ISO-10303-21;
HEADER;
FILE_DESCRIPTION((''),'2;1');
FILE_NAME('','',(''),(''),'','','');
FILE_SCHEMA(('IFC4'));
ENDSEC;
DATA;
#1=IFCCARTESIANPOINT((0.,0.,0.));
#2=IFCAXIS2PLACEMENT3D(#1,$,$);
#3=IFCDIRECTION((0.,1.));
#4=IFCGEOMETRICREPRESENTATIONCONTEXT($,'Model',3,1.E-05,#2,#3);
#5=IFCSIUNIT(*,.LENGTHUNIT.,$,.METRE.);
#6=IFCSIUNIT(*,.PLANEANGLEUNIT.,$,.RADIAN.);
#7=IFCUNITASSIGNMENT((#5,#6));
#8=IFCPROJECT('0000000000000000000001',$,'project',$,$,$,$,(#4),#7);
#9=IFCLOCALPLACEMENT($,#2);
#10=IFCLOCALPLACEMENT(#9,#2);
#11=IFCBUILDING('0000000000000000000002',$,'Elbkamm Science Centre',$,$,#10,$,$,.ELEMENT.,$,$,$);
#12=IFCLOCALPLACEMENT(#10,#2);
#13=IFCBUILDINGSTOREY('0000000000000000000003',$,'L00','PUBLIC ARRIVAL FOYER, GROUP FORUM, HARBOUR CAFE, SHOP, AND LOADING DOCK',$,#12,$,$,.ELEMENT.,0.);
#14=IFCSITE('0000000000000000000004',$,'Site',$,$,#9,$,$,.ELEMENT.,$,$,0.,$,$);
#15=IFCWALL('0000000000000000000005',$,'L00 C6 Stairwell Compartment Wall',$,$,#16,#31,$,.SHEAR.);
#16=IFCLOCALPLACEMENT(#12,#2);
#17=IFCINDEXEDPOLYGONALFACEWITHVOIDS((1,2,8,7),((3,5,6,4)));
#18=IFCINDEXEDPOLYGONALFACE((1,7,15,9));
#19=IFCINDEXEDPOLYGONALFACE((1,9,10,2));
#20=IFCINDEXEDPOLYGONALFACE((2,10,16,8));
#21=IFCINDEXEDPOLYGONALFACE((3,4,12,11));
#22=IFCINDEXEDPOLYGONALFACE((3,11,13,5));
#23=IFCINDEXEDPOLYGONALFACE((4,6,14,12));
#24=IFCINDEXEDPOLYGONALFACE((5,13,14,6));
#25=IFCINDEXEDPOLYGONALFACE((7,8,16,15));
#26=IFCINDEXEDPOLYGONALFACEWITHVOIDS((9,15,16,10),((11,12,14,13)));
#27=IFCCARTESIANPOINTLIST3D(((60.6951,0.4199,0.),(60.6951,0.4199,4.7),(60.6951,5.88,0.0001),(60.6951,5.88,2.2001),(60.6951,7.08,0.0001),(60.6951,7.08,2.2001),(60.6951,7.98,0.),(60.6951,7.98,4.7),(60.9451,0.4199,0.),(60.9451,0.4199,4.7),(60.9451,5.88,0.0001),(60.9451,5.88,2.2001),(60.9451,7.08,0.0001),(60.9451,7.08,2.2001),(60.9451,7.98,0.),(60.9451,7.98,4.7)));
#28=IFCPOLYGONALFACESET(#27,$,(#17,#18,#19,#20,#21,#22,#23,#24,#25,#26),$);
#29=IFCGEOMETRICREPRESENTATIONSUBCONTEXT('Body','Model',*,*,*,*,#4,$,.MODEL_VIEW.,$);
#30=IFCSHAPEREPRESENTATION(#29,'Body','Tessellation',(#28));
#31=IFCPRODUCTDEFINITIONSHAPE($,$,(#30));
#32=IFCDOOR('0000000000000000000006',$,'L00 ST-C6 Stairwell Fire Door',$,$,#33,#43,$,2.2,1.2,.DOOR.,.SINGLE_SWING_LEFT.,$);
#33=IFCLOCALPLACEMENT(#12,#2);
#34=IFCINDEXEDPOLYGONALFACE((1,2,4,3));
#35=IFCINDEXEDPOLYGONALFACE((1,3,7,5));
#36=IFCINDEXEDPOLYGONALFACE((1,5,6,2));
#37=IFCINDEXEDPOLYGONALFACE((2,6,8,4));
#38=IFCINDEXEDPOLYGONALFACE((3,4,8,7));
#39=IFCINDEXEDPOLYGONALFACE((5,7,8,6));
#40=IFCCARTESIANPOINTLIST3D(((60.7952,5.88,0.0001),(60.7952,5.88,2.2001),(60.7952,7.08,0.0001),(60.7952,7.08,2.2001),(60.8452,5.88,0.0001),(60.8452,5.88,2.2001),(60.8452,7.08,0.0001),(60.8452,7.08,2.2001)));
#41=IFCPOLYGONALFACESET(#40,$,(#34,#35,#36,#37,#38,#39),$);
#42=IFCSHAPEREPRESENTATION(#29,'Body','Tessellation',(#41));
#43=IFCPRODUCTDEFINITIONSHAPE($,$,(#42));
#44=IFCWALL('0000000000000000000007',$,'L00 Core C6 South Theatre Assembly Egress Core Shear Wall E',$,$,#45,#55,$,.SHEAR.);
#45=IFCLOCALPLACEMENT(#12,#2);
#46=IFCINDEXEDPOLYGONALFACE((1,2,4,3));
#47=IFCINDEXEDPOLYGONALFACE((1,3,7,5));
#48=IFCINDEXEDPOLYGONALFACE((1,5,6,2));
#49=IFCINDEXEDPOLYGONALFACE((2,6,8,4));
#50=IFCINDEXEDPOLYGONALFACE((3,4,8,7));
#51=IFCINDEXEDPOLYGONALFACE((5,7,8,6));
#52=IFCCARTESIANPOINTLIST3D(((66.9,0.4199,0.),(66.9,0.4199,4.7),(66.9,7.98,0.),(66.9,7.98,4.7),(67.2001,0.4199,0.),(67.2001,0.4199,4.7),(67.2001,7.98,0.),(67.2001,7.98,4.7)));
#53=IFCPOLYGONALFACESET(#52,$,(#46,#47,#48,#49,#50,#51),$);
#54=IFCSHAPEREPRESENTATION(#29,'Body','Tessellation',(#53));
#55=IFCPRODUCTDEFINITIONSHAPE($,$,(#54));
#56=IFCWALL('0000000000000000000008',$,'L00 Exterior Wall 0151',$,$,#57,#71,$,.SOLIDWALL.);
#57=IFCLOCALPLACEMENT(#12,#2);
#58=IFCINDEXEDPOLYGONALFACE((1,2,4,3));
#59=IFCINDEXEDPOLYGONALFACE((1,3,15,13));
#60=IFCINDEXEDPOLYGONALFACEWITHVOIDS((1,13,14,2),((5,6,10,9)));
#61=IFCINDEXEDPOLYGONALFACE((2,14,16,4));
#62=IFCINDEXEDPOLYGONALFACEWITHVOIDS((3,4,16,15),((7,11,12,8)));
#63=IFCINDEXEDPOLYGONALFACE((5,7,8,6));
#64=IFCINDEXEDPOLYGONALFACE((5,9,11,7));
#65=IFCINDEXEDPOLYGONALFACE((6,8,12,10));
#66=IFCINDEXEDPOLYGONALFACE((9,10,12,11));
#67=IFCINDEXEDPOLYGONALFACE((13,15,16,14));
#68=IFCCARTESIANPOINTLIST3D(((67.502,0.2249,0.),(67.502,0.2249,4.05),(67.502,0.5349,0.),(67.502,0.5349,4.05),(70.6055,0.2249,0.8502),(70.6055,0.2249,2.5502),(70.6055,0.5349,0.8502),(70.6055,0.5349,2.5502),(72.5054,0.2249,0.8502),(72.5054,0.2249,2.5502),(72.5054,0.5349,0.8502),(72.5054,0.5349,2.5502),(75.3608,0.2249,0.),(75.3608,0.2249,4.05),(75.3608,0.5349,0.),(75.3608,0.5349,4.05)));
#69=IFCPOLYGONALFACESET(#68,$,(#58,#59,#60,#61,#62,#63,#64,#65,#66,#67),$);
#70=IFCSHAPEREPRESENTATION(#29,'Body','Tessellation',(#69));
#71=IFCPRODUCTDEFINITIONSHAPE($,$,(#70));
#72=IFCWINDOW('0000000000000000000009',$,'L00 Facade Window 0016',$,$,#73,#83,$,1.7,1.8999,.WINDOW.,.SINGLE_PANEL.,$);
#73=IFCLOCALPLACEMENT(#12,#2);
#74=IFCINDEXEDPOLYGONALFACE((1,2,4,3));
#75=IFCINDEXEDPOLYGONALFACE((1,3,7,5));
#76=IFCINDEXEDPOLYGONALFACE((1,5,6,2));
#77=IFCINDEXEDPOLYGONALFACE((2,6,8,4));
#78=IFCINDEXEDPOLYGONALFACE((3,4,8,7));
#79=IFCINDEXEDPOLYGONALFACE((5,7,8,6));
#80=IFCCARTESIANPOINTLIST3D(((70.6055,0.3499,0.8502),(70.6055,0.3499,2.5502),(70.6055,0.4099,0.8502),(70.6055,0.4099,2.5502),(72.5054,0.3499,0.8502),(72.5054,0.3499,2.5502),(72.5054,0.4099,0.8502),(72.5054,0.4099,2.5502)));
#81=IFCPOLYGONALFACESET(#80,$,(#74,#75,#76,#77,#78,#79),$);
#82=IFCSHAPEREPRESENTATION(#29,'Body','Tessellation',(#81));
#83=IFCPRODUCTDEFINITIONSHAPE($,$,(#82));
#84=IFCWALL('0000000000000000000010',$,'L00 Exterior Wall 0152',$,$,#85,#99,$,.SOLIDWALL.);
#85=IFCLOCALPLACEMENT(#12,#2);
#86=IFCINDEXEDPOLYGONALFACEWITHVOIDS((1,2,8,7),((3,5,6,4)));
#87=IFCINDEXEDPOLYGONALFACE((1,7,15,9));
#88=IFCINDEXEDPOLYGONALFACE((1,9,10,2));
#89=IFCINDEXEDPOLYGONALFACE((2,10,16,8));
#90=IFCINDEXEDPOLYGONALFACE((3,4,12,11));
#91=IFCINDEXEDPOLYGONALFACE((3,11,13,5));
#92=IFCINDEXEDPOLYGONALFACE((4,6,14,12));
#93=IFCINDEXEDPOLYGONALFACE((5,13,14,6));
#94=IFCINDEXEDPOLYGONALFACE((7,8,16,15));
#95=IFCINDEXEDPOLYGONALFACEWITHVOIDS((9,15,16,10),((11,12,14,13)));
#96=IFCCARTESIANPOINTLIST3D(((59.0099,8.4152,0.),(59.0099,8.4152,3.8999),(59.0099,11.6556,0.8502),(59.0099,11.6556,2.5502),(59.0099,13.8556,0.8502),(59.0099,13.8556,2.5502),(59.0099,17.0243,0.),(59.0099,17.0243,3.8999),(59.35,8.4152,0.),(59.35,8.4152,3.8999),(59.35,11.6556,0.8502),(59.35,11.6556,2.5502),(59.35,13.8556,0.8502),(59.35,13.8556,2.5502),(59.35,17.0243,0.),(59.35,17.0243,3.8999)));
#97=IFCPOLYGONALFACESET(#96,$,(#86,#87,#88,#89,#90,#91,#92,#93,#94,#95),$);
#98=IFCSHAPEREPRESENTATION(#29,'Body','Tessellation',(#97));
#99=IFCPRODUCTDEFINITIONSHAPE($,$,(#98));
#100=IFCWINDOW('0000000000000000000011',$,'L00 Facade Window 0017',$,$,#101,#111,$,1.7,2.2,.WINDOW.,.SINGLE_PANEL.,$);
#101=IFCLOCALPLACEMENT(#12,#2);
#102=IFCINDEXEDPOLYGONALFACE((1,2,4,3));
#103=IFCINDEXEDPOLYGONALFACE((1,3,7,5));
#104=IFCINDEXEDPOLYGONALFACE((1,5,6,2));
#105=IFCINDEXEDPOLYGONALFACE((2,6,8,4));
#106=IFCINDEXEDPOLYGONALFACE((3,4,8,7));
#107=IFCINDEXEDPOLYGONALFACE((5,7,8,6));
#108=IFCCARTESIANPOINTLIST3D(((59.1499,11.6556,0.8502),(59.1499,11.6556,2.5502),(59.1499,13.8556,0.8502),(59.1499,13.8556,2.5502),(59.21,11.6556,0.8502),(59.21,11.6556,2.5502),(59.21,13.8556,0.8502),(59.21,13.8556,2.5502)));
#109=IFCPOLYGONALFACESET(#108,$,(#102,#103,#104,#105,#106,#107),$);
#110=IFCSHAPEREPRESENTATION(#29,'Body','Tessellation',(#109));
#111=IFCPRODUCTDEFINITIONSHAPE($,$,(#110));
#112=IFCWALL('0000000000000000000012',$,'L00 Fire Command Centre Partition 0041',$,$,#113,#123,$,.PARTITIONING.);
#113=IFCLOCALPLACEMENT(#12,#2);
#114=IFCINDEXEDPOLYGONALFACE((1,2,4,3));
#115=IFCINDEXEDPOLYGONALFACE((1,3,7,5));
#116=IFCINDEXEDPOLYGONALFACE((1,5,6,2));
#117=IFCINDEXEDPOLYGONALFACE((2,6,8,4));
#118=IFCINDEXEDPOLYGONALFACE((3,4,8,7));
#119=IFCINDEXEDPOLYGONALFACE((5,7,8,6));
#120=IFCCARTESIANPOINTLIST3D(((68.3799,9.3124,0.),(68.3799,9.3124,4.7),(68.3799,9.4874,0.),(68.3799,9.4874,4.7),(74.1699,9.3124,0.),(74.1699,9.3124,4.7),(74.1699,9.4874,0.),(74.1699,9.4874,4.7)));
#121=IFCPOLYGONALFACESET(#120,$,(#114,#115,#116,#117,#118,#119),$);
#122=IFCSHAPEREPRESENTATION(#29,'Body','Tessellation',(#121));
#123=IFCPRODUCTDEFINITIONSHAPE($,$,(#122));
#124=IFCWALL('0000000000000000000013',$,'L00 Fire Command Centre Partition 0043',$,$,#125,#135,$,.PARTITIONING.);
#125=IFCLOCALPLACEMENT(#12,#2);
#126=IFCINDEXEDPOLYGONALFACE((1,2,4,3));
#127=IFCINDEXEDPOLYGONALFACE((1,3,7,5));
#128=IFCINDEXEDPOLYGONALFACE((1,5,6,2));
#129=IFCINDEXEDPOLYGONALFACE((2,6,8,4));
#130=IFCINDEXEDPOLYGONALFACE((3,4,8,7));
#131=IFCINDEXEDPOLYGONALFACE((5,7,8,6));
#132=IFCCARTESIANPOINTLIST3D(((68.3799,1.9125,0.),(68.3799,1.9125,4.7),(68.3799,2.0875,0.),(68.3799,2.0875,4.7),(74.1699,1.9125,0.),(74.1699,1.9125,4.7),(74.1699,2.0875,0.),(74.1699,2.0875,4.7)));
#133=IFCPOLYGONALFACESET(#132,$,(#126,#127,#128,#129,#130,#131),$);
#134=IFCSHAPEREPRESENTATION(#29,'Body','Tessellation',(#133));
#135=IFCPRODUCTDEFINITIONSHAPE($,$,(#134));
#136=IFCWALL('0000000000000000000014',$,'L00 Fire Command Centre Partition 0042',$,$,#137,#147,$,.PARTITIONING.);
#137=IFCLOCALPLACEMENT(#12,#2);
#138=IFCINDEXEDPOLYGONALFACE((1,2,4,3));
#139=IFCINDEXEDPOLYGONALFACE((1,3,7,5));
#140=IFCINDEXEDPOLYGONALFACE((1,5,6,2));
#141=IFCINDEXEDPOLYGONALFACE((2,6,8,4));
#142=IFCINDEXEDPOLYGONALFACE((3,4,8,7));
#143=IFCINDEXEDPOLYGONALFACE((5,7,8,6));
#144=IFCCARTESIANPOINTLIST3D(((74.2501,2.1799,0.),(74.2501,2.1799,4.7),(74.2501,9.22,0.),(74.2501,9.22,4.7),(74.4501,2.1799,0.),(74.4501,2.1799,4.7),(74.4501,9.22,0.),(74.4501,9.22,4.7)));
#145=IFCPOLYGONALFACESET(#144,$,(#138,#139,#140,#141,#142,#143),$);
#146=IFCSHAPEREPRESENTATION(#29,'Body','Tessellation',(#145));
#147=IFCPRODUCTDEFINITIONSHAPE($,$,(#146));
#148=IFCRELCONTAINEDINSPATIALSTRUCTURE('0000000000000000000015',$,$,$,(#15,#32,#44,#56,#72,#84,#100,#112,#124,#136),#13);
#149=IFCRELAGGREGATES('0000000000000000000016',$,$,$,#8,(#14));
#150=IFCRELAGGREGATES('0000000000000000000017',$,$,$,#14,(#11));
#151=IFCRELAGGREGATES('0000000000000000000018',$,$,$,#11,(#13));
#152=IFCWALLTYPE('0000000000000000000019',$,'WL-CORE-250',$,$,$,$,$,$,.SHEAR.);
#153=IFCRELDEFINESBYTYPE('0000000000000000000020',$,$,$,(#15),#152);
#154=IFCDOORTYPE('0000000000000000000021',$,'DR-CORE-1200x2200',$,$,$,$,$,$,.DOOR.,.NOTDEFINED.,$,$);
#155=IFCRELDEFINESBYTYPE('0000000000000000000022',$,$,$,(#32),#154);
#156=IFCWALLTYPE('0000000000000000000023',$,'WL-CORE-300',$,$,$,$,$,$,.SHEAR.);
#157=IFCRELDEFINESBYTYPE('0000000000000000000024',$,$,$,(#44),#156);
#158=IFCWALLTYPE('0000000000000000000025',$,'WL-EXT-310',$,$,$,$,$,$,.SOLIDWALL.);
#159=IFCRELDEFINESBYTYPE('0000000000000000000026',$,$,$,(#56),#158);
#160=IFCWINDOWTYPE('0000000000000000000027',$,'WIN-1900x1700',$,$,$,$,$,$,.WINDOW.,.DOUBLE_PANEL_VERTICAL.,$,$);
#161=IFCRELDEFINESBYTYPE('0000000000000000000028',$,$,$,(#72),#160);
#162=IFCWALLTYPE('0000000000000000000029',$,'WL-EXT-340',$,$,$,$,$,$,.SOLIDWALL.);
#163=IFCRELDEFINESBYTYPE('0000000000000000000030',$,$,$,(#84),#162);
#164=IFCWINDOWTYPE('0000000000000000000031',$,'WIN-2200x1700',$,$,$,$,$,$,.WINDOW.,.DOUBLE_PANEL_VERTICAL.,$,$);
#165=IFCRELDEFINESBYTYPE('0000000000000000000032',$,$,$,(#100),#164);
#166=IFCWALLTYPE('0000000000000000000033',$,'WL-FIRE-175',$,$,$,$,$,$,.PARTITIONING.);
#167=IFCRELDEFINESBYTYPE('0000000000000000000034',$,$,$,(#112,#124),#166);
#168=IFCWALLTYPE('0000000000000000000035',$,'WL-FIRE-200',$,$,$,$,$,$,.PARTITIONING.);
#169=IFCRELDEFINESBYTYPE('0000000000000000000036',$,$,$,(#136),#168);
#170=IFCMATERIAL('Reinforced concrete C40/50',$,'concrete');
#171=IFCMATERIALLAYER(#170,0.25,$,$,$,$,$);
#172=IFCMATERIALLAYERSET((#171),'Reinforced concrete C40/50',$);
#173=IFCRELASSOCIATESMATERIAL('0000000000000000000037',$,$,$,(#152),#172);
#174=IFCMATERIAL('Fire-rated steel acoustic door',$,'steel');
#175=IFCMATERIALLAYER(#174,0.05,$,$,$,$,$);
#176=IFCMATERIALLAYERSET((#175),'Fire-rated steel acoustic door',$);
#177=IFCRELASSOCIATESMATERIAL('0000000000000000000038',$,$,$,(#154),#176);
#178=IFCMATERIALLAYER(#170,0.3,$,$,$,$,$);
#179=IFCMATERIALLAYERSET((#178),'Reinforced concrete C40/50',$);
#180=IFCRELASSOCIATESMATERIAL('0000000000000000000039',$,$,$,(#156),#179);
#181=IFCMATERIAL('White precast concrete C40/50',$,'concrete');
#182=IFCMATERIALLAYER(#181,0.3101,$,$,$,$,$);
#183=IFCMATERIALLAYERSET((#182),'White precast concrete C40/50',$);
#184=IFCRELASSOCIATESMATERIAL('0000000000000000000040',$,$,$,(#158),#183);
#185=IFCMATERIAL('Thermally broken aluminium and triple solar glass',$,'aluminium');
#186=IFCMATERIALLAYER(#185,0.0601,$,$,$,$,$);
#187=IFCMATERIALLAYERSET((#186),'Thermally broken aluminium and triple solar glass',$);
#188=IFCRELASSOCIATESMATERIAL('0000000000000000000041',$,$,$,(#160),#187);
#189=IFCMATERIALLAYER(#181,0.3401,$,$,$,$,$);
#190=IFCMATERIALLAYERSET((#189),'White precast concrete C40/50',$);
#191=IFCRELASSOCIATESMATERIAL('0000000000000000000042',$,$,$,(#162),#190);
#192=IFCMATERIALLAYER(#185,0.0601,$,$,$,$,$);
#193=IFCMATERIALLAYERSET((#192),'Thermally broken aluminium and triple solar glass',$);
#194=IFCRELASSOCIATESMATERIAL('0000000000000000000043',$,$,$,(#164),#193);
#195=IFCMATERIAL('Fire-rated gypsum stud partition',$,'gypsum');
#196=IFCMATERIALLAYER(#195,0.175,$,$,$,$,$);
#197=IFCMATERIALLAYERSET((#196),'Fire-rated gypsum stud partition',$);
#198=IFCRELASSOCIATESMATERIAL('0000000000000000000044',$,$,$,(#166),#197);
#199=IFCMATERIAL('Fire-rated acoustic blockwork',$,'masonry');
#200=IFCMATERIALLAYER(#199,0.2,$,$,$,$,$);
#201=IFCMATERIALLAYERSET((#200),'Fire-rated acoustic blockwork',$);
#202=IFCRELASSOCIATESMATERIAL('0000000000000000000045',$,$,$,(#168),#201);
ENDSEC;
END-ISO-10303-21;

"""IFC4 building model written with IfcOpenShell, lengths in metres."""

from ifc_helpers import new_model, si_unit, direction, frame, frame_2d, origin, place, context, subcontext, project, spatial, rectangle, extrude, material, layer, layer_set, type_object, element, fill, save


model = new_model("IFC4")

# Units and contexts
model_context = context("Model", 3, precision=1e-05, world=origin(), true_north=direction((0.0, 1.0)))
body_context = subcontext(model_context, "Body", "Model", "MODEL_VIEW")
ifc_project = project(units=[si_unit("LENGTHUNIT", "METRE"), si_unit("PLANEANGLEUNIT", "RADIAN")], contexts=[model_context])

# Site, building, storey
site_placement = place(None, origin())
site = spatial("IfcSite", under=ifc_project, at=site_placement, Name="Site", CompositionType="ELEMENT", RefElevation=0.0)
building_placement = place(site_placement, origin())
building = spatial("IfcBuilding", under=site, at=building_placement, Name="Elbkamm Science Centre", CompositionType="ELEMENT")
storey_placement = place(building_placement, origin())
storey = spatial("IfcBuildingStorey", under=building, at=storey_placement, Name="L00", Description="PUBLIC ARRIVAL FOYER, GROUP FORUM, HARBOUR CAFE, SHOP, AND LOADING DOCK", CompositionType="ELEMENT", Elevation=0.0)

# Wall, opening, door
ifc_material_1 = material(Name="Reinforced concrete C40/50", Category="concrete")
ifc_layer_1 = layer(ifc_material_1, 0.25)
ifc_layer_set_1 = layer_set([ifc_layer_1], Name="Reinforced concrete C40/50")
wall_type_1 = type_object("IfcWallType", Name="WL-CORE-250", PredefinedType="SHEAR", material=ifc_layer_set_1)
wall_1_placement = place(storey_placement, frame((60.8201, 0.4199, 0.0), z_axis=(0.0, 0.0, 1.0), x_axis=(0.0, 1.0, 0.0)))
wall_1 = element("IfcWall", 1, at=wall_1_placement, inside=storey, type_object=wall_type_1, Name="L00 C6 Stairwell Compartment Wall", PredefinedType="SHEAR", context=body_context, shape_type="SweptSolid", body=[
    extrude(rectangle(XDim=7.5601, YDim=0.25, at=frame_2d((3.78, 0.0))), origin(), (0.0, 0.0, 1.0), 4.7),
])
opening_1_placement = place(wall_1_placement, frame((5.46, 0.0, 0.0)))
opening_1 = element("IfcOpeningElement", 2, at=opening_1_placement, cuts=wall_1, PredefinedType="OPENING", context=body_context, shape_type="SweptSolid", body=[
    extrude(rectangle(XDim=1.2, YDim=2.2, at=frame_2d((0.6001, 1.1001))), frame((0.0, 0.137, 0.0), z_axis=(0.0, -1.0, 0.0), x_axis=(1.0, 0.0, 0.0)), (0.0, 0.0, 1.0), 0.2739),
])
ifc_material_2 = material(Name="Fire-rated steel acoustic door", Category="steel")
ifc_layer_2 = layer(ifc_material_2, 0.05)
ifc_layer_set_2 = layer_set([ifc_layer_2], Name="Fire-rated steel acoustic door")
door_type_1 = type_object("IfcDoorType", Name="DR-CORE-1200x2200", OperationType="NOTDEFINED", PredefinedType="DOOR", material=ifc_layer_set_2)
door_1_placement = place(opening_1_placement, origin())
door_1 = element("IfcDoor", 3, at=door_1_placement, inside=storey, type_object=door_type_1, Name="L00 ST-C6 Stairwell Fire Door", OperationType="SINGLE_SWING_LEFT", OverallHeight=2.2, OverallWidth=1.2, PredefinedType="DOOR", context=body_context, shape_type="SweptSolid", body=[
    extrude(rectangle(XDim=1.2, YDim=2.2, at=frame_2d((0.6001, 1.1001))), frame((0.0, 0.0249, 0.0), z_axis=(0.0, -1.0, 0.0), x_axis=(1.0, 0.0, 0.0)), (0.0, 0.0, 1.0), 0.05),
])
fill(opening_1, door_1)

# Wall
ifc_layer_3 = layer(ifc_material_1, 0.3)
ifc_layer_set_3 = layer_set([ifc_layer_3], Name="Reinforced concrete C40/50")
wall_type_2 = type_object("IfcWallType", Name="WL-CORE-300", PredefinedType="SHEAR", material=ifc_layer_set_3)
wall_2_placement = place(storey_placement, frame((67.05, 0.4199, 0.0), z_axis=(0.0, 0.0, 1.0), x_axis=(0.0, 1.0, 0.0)))
element("IfcWall", 4, at=wall_2_placement, inside=storey, type_object=wall_type_2, Name="L00 Core C6 South Theatre Assembly Egress Core Shear Wall E", PredefinedType="SHEAR", context=body_context, shape_type="SweptSolid", body=[
    extrude(rectangle(XDim=7.5601, YDim=0.3, at=frame_2d((3.78, 0.0))), origin(), (0.0, 0.0, 1.0), 4.7),
])

# Walls, openings, windows
ifc_material_3 = material(Name="White precast concrete C40/50", Category="concrete")
ifc_layer_4 = layer(ifc_material_3, 0.3101)
ifc_layer_set_4 = layer_set([ifc_layer_4], Name="White precast concrete C40/50")
wall_type_3 = type_object("IfcWallType", Name="WL-EXT-310", PredefinedType="SOLIDWALL", material=ifc_layer_set_4)
wall_3_placement = place(storey_placement, frame((75.3608, 0.3799, 0.0), z_axis=(0.0, 0.0, 1.0), x_axis=(-1.0, 0.0, 0.0)))
wall_3 = element("IfcWall", 5, at=wall_3_placement, inside=storey, type_object=wall_type_3, Name="L00 Exterior Wall 0151", PredefinedType="SOLIDWALL", context=body_context, shape_type="SweptSolid", body=[
    extrude(rectangle(XDim=7.8589, YDim=0.3101, at=frame_2d((3.9294, 0.0))), origin(), (0.0, 0.0, 1.0), 4.05),
])
opening_2_placement = place(wall_3_placement, frame((2.8555, 0.0, 0.8501)))
opening_2 = element("IfcOpeningElement", 6, at=opening_2_placement, cuts=wall_3, PredefinedType="OPENING", context=body_context, shape_type="SweptSolid", body=[
    extrude(rectangle(XDim=1.8999, YDim=1.7, at=frame_2d((0.95, 0.8501))), frame((0.0, 0.167, 0.0), z_axis=(0.0, -1.0, 0.0), x_axis=(1.0, 0.0, 0.0)), (0.0, 0.0, 1.0), 0.334),
])
ifc_material_4 = material(Name="Thermally broken aluminium and triple solar glass", Category="aluminium")
ifc_layer_5 = layer(ifc_material_4, 0.0601)
ifc_layer_set_5 = layer_set([ifc_layer_5], Name="Thermally broken aluminium and triple solar glass")
window_type_1 = type_object("IfcWindowType", Name="WIN-1900x1700", PartitioningType="DOUBLE_PANEL_VERTICAL", PredefinedType="WINDOW", material=ifc_layer_set_5)
window_1_placement = place(opening_2_placement, origin())
window_1 = element("IfcWindow", 7, at=window_1_placement, inside=storey, type_object=window_type_1, Name="L00 Facade Window 0016", OverallHeight=1.7, OverallWidth=1.8999, PartitioningType="SINGLE_PANEL", PredefinedType="WINDOW", context=body_context, shape_type="SweptSolid", body=[
    extrude(rectangle(XDim=1.8999, YDim=1.7, at=frame_2d((0.95, 0.8501))), frame((0.0, 0.03, 0.0), z_axis=(0.0, -1.0, 0.0), x_axis=(1.0, 0.0, 0.0)), (0.0, 0.0, 1.0), 0.0601),
])
fill(opening_2, window_1)
ifc_layer_6 = layer(ifc_material_3, 0.3401)
ifc_layer_set_6 = layer_set([ifc_layer_6], Name="White precast concrete C40/50")
wall_type_4 = type_object("IfcWallType", Name="WL-EXT-340", PredefinedType="SOLIDWALL", material=ifc_layer_set_6)
wall_4_placement = place(storey_placement, frame((59.1799, 8.415, 0.0), z_axis=(0.0, 0.0, 1.0), x_axis=(0.0, 1.0, 0.0)))
wall_4 = element("IfcWall", 8, at=wall_4_placement, inside=storey, type_object=wall_type_4, Name="L00 Exterior Wall 0152", PredefinedType="SOLIDWALL", context=body_context, shape_type="SweptSolid", body=[
    extrude(rectangle(XDim=8.6091, YDim=0.3401, at=frame_2d((4.3047, 0.0))), origin(), (0.0, 0.0, 1.0), 3.8999),
])
opening_3_placement = place(wall_4_placement, frame((3.2405, 0.0, 0.8501)))
opening_3 = element("IfcOpeningElement", 9, at=opening_3_placement, cuts=wall_4, PredefinedType="OPENING", context=body_context, shape_type="SweptSolid", body=[
    extrude(rectangle(XDim=2.2, YDim=1.7, at=frame_2d((1.1001, 0.8501))), frame((0.0, 0.1821, 0.0), z_axis=(0.0, -1.0, 0.0), x_axis=(1.0, 0.0, 0.0)), (0.0, 0.0, 1.0), 0.364),
])
ifc_layer_7 = layer(ifc_material_4, 0.0601)
ifc_layer_set_7 = layer_set([ifc_layer_7], Name="Thermally broken aluminium and triple solar glass")
window_type_2 = type_object("IfcWindowType", Name="WIN-2200x1700", PartitioningType="DOUBLE_PANEL_VERTICAL", PredefinedType="WINDOW", material=ifc_layer_set_7)
window_2_placement = place(opening_3_placement, origin())
window_2 = element("IfcWindow", 10, at=window_2_placement, inside=storey, type_object=window_type_2, Name="L00 Facade Window 0017", OverallHeight=1.7, OverallWidth=2.2, PartitioningType="SINGLE_PANEL", PredefinedType="WINDOW", context=body_context, shape_type="SweptSolid", body=[
    extrude(rectangle(XDim=2.2, YDim=1.7, at=frame_2d((1.1001, 0.8501))), frame((0.0, 0.03, 0.0), z_axis=(0.0, -1.0, 0.0), x_axis=(1.0, 0.0, 0.0)), (0.0, 0.0, 1.0), 0.0601),
])
fill(opening_3, window_2)

# Walls
ifc_material_5 = material(Name="Fire-rated gypsum stud partition", Category="gypsum")
ifc_layer_8 = layer(ifc_material_5, 0.175)
ifc_layer_set_8 = layer_set([ifc_layer_8], Name="Fire-rated gypsum stud partition")
wall_type_5 = type_object("IfcWallType", Name="WL-FIRE-175", PredefinedType="PARTITIONING", material=ifc_layer_set_8)
for number, where, z_axis, x_axis, name in (
    (11, (68.3799, 9.3999, 0.0), (0.0, 0.0, 1.0), (1.0, 0.0, 0.0), "L00 Fire Command Centre Partition 0041"),
    (12, (74.1699, 2.0, 0.0), (0.0, 0.0, 1.0), (-1.0, 0.0, 0.0), "L00 Fire Command Centre Partition 0043"),
):
    element("IfcWall", number, at=place(storey_placement, frame(where, z_axis=z_axis, x_axis=x_axis)), inside=storey, type_object=wall_type_5, Name=name, PredefinedType="PARTITIONING", context=body_context, shape_type="SweptSolid", body=[
        extrude(rectangle(XDim=5.79, YDim=0.175, at=frame_2d((2.895, 0.0))), origin(), (0.0, 0.0, 1.0), 4.7),
    ])
ifc_material_6 = material(Name="Fire-rated acoustic blockwork", Category="masonry")
ifc_layer_9 = layer(ifc_material_6, 0.2)
ifc_layer_set_9 = layer_set([ifc_layer_9], Name="Fire-rated acoustic blockwork")
wall_type_6 = type_object("IfcWallType", Name="WL-FIRE-200", PredefinedType="PARTITIONING", material=ifc_layer_set_9)
wall_5_placement = place(storey_placement, frame((74.3501, 9.22, 0.0), z_axis=(0.0, 0.0, 1.0), x_axis=(0.0, -1.0, 0.0)))
element("IfcWall", 13, at=wall_5_placement, inside=storey, type_object=wall_type_6, Name="L00 Fire Command Centre Partition 0042", PredefinedType="PARTITIONING", context=body_context, shape_type="SweptSolid", body=[
    extrude(rectangle(XDim=7.04, YDim=0.2, at=frame_2d((3.52, 0.0))), origin(), (0.0, 0.0, 1.0), 4.7),
])

save(model, "model.ifc")
